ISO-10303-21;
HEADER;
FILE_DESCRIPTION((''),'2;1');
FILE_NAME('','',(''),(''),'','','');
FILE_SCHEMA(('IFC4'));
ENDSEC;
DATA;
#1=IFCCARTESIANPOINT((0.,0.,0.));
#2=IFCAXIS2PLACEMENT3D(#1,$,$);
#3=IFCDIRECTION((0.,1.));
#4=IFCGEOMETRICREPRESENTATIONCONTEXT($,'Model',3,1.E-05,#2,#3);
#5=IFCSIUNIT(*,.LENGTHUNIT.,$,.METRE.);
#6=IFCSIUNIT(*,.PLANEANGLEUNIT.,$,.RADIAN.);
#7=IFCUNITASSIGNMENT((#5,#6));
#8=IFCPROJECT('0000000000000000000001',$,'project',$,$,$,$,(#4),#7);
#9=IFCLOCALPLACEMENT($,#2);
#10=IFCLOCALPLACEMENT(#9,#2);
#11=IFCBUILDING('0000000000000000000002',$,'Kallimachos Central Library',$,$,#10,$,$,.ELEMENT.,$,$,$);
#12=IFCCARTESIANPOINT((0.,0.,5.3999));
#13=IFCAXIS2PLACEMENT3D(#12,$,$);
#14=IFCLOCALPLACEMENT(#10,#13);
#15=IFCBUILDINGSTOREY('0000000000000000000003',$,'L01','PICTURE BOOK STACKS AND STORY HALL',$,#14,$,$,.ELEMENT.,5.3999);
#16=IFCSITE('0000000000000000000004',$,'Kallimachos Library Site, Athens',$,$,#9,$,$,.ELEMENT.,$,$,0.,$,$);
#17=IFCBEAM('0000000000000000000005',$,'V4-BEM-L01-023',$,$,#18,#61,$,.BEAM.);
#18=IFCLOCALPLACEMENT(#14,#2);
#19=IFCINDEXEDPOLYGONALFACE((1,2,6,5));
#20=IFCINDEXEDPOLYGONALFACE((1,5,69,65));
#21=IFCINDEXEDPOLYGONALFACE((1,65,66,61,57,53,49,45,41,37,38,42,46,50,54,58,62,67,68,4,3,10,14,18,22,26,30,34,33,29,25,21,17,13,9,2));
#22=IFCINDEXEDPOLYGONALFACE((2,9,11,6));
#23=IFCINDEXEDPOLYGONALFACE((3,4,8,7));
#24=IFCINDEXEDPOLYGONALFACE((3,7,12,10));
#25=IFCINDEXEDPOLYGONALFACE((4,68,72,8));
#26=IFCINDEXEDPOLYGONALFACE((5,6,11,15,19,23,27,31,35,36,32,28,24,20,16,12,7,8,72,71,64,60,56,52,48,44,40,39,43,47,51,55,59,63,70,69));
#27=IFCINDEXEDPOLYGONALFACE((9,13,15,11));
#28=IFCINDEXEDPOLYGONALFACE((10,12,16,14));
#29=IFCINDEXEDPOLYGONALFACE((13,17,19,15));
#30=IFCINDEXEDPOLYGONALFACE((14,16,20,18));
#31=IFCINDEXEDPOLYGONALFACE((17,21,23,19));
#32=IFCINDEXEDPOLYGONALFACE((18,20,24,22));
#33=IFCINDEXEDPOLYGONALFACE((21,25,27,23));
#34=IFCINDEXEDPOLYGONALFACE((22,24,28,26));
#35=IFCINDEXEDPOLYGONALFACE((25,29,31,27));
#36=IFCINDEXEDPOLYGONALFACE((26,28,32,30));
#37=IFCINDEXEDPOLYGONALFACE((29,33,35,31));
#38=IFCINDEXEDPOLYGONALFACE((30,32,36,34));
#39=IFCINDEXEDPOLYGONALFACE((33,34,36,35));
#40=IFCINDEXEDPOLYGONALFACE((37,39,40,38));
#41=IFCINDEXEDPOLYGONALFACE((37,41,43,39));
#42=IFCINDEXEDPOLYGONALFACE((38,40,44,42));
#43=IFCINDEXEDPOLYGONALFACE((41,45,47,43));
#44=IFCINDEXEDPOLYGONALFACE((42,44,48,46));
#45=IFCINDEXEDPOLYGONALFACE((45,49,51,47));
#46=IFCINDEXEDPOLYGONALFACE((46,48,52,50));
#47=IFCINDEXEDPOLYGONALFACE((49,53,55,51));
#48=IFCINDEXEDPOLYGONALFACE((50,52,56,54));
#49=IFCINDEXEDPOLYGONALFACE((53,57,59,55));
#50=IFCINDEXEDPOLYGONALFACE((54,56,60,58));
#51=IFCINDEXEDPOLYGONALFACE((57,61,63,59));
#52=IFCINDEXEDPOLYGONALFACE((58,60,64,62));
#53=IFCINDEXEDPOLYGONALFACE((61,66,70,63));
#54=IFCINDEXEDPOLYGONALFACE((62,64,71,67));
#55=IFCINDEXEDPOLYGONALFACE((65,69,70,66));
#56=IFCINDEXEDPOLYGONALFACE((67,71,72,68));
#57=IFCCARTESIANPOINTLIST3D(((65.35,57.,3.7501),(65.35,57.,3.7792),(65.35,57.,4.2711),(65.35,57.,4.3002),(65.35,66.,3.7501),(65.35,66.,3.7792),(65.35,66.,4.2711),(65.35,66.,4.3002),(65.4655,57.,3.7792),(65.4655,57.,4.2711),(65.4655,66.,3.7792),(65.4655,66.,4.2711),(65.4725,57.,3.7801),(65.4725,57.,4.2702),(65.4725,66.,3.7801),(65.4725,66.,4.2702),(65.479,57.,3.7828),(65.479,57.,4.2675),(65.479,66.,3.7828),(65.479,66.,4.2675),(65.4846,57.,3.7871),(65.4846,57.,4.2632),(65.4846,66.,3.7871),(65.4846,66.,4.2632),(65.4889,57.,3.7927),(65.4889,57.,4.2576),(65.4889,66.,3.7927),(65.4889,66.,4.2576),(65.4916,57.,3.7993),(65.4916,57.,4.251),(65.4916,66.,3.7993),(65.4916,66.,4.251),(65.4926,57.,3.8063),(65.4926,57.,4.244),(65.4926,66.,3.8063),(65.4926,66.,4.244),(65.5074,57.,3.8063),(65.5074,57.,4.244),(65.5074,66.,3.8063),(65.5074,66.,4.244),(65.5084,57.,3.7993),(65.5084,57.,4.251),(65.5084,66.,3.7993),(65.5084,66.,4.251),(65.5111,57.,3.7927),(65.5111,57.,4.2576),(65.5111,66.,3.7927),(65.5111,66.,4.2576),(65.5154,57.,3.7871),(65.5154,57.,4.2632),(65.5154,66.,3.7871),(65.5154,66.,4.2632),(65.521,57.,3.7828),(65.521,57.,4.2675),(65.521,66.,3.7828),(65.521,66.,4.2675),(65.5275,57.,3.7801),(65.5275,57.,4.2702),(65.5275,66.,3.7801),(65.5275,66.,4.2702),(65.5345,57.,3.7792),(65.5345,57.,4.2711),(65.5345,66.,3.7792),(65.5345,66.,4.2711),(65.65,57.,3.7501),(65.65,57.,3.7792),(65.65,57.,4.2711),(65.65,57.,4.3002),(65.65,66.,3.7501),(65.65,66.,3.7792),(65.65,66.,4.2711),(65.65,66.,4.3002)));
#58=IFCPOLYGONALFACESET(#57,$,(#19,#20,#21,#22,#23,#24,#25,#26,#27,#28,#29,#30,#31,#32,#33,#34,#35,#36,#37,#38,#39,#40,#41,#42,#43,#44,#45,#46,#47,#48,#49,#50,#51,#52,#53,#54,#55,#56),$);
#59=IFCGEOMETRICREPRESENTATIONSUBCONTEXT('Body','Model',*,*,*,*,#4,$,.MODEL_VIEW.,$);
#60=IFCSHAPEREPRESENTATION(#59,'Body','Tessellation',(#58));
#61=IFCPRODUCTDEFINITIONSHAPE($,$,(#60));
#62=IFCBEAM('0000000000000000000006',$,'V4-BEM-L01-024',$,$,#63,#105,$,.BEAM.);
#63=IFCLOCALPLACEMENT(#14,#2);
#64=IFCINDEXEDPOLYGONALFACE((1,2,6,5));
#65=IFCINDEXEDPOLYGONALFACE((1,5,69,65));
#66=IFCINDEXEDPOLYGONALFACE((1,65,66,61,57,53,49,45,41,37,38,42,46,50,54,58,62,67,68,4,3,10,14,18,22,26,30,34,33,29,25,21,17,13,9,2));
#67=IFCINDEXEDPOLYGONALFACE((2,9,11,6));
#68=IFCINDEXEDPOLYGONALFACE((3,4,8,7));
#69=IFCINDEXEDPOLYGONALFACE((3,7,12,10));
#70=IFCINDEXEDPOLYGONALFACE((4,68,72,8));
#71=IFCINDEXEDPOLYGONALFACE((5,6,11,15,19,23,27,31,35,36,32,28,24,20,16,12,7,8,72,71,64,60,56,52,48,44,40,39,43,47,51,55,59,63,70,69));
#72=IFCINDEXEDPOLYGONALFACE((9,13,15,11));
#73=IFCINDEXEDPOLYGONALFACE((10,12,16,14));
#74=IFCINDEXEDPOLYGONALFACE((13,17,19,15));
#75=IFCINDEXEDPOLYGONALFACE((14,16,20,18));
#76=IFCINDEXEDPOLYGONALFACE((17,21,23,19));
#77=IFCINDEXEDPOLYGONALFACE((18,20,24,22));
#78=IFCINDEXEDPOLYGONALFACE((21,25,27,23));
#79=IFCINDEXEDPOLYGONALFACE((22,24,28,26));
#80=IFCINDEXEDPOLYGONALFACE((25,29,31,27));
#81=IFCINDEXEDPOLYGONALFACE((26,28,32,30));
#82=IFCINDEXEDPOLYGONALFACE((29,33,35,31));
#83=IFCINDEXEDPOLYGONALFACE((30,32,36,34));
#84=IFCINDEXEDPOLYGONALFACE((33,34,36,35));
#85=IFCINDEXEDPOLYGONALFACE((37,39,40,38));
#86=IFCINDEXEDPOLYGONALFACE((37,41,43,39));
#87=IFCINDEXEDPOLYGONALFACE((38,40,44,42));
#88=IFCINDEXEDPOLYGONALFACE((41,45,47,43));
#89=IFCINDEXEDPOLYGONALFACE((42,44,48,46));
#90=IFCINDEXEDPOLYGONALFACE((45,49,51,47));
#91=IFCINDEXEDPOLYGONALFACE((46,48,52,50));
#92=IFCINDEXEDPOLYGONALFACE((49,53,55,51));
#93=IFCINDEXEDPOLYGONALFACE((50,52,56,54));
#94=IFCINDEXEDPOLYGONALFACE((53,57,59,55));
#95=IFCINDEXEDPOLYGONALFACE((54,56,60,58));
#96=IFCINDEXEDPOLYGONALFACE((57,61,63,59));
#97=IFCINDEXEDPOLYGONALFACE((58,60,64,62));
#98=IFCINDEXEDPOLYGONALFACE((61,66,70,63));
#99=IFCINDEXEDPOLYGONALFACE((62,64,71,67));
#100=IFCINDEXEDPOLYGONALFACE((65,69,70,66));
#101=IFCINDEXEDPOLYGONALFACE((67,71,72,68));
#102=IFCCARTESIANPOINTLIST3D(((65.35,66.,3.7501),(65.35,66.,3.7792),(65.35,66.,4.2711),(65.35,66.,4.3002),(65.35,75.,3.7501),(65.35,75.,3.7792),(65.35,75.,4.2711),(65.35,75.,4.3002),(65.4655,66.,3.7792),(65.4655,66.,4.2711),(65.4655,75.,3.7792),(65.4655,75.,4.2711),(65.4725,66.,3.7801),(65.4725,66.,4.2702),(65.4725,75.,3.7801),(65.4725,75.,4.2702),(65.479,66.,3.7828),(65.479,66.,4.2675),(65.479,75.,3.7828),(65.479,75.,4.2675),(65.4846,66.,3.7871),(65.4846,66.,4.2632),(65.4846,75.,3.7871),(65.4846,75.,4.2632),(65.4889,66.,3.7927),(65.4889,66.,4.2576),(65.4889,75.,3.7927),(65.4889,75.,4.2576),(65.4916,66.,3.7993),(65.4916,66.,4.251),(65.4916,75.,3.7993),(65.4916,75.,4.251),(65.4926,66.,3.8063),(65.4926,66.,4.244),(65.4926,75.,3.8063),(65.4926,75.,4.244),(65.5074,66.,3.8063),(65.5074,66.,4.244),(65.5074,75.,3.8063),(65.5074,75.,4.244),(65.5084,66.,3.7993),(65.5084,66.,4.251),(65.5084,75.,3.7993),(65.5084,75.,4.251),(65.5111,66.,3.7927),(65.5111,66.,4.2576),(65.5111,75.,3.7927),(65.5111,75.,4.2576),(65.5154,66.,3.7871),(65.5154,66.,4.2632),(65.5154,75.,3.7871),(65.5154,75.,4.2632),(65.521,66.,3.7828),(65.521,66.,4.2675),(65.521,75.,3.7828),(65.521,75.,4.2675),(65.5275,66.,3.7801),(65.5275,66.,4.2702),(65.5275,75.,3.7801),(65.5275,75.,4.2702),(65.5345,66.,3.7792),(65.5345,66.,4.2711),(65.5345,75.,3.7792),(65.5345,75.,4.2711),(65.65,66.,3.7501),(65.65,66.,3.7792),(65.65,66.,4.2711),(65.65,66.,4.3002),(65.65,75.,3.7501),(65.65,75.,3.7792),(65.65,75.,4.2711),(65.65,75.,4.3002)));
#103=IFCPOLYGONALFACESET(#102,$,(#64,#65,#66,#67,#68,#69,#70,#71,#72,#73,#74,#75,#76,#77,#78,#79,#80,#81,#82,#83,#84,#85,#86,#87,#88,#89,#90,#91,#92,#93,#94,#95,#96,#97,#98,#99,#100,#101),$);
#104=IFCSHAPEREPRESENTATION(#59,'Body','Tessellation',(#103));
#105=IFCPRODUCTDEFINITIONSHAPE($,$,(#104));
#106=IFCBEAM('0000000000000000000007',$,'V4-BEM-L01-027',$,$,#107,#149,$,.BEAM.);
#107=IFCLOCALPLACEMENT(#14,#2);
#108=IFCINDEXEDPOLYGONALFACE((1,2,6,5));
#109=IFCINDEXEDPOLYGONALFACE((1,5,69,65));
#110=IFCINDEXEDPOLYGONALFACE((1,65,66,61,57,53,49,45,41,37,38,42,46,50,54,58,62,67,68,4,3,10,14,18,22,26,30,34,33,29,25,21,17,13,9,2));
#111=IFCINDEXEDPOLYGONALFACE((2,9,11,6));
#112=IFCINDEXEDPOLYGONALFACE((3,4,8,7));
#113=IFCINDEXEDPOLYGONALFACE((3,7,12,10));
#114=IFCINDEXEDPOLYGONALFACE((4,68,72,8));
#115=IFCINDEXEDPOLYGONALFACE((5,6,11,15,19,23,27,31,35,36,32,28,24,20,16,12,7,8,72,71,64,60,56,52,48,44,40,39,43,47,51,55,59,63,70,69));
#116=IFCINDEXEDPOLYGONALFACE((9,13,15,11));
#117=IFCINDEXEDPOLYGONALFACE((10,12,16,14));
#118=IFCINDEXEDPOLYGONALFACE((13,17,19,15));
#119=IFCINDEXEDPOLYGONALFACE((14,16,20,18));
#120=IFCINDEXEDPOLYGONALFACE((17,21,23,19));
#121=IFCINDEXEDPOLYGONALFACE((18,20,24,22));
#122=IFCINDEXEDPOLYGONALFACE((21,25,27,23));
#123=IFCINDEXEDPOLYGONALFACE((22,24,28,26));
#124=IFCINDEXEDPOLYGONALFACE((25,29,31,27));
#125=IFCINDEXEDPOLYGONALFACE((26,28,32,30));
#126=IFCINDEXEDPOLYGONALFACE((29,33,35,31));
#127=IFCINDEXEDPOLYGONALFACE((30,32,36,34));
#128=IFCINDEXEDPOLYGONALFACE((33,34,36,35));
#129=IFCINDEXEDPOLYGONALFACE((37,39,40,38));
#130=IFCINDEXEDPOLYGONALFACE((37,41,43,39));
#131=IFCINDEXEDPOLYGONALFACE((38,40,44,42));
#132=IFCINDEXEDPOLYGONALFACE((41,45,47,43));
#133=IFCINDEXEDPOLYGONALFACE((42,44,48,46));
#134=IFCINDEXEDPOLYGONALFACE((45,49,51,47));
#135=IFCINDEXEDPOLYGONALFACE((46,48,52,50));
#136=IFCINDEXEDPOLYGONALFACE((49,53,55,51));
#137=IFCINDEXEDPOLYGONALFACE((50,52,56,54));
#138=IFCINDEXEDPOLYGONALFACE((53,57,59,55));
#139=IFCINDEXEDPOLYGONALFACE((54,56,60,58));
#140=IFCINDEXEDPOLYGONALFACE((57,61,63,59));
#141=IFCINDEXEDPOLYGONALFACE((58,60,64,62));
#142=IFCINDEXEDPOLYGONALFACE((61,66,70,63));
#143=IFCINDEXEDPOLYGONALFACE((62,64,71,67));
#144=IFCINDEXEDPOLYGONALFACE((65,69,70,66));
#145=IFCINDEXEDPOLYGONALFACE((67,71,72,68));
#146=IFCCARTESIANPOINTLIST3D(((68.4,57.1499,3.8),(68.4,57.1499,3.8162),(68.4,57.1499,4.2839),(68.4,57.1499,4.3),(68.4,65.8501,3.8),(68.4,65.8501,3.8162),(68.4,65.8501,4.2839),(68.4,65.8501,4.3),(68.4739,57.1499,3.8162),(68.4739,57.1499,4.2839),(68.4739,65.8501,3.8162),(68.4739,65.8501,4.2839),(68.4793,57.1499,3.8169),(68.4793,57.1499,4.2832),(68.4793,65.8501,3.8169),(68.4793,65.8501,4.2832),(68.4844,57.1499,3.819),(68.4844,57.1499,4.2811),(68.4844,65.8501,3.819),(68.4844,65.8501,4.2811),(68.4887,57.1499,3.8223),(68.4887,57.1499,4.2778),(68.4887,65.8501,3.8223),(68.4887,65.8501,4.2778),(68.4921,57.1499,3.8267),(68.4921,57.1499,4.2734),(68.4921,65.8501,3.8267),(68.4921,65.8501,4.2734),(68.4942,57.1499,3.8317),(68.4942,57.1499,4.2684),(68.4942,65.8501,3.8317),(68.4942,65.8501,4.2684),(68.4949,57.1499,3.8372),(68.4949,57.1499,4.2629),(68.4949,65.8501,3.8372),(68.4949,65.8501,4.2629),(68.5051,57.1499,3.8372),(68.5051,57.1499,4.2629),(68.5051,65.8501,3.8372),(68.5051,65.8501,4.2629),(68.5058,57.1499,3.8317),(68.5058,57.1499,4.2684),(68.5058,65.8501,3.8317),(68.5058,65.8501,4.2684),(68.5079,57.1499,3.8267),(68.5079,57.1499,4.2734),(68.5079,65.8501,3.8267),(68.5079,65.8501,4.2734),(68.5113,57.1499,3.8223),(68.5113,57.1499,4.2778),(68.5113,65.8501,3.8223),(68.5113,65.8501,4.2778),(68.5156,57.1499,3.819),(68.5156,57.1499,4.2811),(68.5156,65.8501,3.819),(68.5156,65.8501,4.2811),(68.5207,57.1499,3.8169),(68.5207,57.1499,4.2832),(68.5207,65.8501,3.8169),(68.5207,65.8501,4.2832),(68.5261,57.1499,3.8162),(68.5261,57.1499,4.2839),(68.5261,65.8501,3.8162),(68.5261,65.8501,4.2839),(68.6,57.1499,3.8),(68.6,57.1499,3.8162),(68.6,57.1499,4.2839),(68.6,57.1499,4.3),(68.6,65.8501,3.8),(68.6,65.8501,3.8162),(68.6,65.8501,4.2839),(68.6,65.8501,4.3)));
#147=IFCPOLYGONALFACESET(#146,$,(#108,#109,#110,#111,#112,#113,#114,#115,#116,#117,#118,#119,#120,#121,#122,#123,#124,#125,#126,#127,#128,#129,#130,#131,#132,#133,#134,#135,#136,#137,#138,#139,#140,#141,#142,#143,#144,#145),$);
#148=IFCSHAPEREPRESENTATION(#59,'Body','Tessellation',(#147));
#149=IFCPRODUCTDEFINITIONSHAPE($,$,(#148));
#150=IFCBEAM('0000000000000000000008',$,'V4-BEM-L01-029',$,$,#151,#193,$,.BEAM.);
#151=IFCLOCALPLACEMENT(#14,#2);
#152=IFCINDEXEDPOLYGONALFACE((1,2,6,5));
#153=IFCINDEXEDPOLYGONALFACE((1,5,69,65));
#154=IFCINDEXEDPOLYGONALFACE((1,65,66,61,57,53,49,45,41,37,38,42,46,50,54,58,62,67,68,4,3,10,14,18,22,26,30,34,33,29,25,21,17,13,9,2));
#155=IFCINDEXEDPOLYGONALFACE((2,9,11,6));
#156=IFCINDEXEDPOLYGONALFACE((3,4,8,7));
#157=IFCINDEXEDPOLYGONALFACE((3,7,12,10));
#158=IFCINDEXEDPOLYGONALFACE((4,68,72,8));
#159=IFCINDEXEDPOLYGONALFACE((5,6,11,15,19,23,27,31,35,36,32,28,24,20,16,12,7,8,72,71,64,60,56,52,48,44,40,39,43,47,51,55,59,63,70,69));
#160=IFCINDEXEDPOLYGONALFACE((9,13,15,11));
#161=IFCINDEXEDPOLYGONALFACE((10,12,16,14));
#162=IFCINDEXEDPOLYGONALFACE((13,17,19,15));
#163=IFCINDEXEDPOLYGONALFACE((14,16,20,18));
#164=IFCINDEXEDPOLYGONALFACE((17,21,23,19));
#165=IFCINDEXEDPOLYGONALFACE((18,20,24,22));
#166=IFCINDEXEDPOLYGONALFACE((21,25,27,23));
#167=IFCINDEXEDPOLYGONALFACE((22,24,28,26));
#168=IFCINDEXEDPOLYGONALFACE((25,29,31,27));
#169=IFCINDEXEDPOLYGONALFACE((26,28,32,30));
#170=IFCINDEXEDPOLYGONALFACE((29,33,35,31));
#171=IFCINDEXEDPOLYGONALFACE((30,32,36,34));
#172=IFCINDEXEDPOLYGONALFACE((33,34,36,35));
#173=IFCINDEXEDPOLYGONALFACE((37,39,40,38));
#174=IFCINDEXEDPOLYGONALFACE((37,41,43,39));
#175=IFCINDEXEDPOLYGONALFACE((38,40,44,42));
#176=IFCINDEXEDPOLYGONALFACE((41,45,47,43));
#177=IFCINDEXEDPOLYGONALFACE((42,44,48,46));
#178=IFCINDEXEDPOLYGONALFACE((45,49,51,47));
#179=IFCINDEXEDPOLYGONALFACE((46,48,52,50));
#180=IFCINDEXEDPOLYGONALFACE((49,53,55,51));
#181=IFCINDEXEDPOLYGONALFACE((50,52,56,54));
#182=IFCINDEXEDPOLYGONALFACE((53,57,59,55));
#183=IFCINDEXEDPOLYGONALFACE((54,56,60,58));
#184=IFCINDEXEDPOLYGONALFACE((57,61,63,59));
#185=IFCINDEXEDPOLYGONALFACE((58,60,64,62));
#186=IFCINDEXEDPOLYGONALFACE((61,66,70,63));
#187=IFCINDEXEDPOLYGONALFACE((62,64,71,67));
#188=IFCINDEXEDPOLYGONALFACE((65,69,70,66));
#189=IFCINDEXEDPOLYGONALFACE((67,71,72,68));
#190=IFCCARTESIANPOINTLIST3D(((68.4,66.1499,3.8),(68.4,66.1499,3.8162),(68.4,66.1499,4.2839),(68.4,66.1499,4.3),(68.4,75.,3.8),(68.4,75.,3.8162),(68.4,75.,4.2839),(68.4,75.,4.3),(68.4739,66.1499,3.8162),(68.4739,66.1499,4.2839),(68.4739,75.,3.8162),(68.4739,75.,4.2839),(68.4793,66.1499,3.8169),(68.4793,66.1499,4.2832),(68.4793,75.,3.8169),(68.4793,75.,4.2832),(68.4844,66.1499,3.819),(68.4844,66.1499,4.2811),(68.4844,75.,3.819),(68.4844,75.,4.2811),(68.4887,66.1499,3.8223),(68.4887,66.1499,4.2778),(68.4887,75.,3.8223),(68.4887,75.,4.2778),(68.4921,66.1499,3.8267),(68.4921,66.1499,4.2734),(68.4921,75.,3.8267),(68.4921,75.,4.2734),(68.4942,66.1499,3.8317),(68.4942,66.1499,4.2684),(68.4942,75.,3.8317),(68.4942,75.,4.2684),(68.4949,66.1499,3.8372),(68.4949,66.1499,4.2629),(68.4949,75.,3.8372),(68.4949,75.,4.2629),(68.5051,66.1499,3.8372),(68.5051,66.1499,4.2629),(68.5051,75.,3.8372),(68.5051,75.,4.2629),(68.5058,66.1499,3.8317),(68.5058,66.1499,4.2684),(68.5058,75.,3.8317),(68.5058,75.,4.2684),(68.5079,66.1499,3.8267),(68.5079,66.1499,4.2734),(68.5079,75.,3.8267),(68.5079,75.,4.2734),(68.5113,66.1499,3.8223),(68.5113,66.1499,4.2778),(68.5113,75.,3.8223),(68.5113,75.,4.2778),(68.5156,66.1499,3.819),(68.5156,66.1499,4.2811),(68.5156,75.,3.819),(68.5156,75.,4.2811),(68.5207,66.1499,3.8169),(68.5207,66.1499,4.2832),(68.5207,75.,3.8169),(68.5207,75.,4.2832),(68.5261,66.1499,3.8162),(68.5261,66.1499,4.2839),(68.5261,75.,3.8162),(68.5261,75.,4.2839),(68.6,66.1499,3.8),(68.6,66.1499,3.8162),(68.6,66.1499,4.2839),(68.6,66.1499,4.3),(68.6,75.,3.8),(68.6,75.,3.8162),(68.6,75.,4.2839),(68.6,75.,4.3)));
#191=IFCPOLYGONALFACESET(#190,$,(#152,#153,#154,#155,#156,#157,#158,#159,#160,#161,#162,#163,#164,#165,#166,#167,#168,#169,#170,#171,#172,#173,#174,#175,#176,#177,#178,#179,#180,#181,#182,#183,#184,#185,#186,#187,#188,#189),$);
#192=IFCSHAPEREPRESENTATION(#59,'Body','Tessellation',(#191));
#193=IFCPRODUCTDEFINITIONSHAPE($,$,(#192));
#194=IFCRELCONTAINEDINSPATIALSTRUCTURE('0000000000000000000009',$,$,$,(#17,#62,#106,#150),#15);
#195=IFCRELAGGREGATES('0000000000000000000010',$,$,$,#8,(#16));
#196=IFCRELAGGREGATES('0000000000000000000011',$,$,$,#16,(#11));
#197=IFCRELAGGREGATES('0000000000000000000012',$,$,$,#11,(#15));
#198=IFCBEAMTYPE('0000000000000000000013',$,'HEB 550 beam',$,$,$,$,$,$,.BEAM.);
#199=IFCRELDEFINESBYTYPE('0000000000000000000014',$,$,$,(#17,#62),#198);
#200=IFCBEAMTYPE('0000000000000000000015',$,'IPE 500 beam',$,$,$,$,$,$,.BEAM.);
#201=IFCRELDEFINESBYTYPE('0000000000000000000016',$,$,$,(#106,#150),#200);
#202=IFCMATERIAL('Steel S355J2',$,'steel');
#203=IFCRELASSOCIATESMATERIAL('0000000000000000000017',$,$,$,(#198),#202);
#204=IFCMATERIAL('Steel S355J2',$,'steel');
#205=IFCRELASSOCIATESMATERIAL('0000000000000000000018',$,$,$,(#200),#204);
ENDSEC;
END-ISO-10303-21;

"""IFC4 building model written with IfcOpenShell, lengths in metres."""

from ifc_helpers import new_model, si_unit, direction, frame, origin, origin_2d, place, context, subcontext, project, spatial, i_section, extrude, material, material_profile, profile_set, type_object, element, save


model = new_model("IFC4")

# Units and contexts
model_context = context("Model", 3, precision=1e-05, world=origin(), true_north=direction((0.0, 1.0)))
body_context = subcontext(model_context, "Body", "Model", "MODEL_VIEW")
ifc_project = project(units=[si_unit("LENGTHUNIT", "METRE"), si_unit("PLANEANGLEUNIT", "RADIAN")], contexts=[model_context])

# Site, building, storey
site_placement = place(None, origin())
site = spatial("IfcSite", under=ifc_project, at=site_placement, Name="Kallimachos Library Site, Athens", CompositionType="ELEMENT", RefElevation=0.0)
building_placement = place(site_placement, origin())
building = spatial("IfcBuilding", under=site, at=building_placement, Name="Kallimachos Central Library", CompositionType="ELEMENT")
storey_placement = place(building_placement, frame((0.0, 0.0, 5.3999)))
storey = spatial("IfcBuildingStorey", under=building, at=storey_placement, Name="L01", Description="PICTURE BOOK STACKS AND STORY HALL", CompositionType="ELEMENT", Elevation=5.3999)

# Beams
ifc_material_1 = material(Name="Steel S355J2", Category="steel")
ifc_material_profile_1 = material_profile(ifc_material_1, i_section(OverallWidth=0.3, OverallDepth=0.55, WebThickness=0.0149, FlangeThickness=0.0291, FilletRadius=0.0271, at=origin_2d()), Name="HEB 550")
ifc_profile_set_1 = profile_set([ifc_material_profile_1], Name="Steel S355J2")
beam_type_1 = type_object("IfcBeamType", Name="HEB 550 beam", PredefinedType="BEAM", material=ifc_profile_set_1)
for number, where, z_axis, x_axis, name in (
    (1, (65.5, 57.0, 4.0251), (0.0, 1.0, 0.0), (-1.0, 0.0, 0.0), "V4-BEM-L01-023"),
    (2, (65.5, 66.0, 4.0251), (0.0, 1.0, 0.0), (-1.0, 0.0, 0.0), "V4-BEM-L01-024"),
):
    element("IfcBeam", number, at=place(storey_placement, frame(where, z_axis=z_axis, x_axis=x_axis)), inside=storey, type_object=beam_type_1, Name=name, PredefinedType="BEAM", context=body_context, shape_type="SweptSolid", body=[
        extrude(i_section(OverallWidth=0.3, OverallDepth=0.55, WebThickness=0.0149, FlangeThickness=0.0291, FilletRadius=0.0271, at=origin_2d()), origin(), (0.0, 0.0, 1.0), 9.0),
    ])
ifc_material_2 = material(Name="Steel S355J2", Category="steel")
ifc_material_profile_2 = material_profile(ifc_material_2, i_section(OverallWidth=0.2, OverallDepth=0.5, WebThickness=0.0103, FlangeThickness=0.0161, FilletRadius=0.021, at=origin_2d()), Name="IPE 500")
ifc_profile_set_2 = profile_set([ifc_material_profile_2], Name="Steel S355J2")
beam_type_2 = type_object("IfcBeamType", Name="IPE 500 beam", PredefinedType="BEAM", material=ifc_profile_set_2)
beam_1_placement = place(storey_placement, frame((68.5, 57.1499, 4.05), z_axis=(0.0, 1.0, 0.0), x_axis=(-1.0, 0.0, 0.0)))
element("IfcBeam", 3, at=beam_1_placement, inside=storey, type_object=beam_type_2, Name="V4-BEM-L01-027", PredefinedType="BEAM", context=body_context, shape_type="SweptSolid", body=[
    extrude(i_section(OverallWidth=0.2, OverallDepth=0.5, WebThickness=0.0103, FlangeThickness=0.0161, FilletRadius=0.021, at=origin_2d()), origin(), (0.0, 0.0, 1.0), 8.7002),
])
beam_2_placement = place(storey_placement, frame((68.5, 66.1499, 4.05), z_axis=(0.0, 1.0, 0.0), x_axis=(-1.0, 0.0, 0.0)))
element("IfcBeam", 4, at=beam_2_placement, inside=storey, type_object=beam_type_2, Name="V4-BEM-L01-029", PredefinedType="BEAM", context=body_context, shape_type="SweptSolid", body=[
    extrude(i_section(OverallWidth=0.2, OverallDepth=0.5, WebThickness=0.0103, FlangeThickness=0.0161, FilletRadius=0.021, at=origin_2d()), origin(), (0.0, 0.0, 1.0), 8.8501),
])

save(model, "model.ifc")
